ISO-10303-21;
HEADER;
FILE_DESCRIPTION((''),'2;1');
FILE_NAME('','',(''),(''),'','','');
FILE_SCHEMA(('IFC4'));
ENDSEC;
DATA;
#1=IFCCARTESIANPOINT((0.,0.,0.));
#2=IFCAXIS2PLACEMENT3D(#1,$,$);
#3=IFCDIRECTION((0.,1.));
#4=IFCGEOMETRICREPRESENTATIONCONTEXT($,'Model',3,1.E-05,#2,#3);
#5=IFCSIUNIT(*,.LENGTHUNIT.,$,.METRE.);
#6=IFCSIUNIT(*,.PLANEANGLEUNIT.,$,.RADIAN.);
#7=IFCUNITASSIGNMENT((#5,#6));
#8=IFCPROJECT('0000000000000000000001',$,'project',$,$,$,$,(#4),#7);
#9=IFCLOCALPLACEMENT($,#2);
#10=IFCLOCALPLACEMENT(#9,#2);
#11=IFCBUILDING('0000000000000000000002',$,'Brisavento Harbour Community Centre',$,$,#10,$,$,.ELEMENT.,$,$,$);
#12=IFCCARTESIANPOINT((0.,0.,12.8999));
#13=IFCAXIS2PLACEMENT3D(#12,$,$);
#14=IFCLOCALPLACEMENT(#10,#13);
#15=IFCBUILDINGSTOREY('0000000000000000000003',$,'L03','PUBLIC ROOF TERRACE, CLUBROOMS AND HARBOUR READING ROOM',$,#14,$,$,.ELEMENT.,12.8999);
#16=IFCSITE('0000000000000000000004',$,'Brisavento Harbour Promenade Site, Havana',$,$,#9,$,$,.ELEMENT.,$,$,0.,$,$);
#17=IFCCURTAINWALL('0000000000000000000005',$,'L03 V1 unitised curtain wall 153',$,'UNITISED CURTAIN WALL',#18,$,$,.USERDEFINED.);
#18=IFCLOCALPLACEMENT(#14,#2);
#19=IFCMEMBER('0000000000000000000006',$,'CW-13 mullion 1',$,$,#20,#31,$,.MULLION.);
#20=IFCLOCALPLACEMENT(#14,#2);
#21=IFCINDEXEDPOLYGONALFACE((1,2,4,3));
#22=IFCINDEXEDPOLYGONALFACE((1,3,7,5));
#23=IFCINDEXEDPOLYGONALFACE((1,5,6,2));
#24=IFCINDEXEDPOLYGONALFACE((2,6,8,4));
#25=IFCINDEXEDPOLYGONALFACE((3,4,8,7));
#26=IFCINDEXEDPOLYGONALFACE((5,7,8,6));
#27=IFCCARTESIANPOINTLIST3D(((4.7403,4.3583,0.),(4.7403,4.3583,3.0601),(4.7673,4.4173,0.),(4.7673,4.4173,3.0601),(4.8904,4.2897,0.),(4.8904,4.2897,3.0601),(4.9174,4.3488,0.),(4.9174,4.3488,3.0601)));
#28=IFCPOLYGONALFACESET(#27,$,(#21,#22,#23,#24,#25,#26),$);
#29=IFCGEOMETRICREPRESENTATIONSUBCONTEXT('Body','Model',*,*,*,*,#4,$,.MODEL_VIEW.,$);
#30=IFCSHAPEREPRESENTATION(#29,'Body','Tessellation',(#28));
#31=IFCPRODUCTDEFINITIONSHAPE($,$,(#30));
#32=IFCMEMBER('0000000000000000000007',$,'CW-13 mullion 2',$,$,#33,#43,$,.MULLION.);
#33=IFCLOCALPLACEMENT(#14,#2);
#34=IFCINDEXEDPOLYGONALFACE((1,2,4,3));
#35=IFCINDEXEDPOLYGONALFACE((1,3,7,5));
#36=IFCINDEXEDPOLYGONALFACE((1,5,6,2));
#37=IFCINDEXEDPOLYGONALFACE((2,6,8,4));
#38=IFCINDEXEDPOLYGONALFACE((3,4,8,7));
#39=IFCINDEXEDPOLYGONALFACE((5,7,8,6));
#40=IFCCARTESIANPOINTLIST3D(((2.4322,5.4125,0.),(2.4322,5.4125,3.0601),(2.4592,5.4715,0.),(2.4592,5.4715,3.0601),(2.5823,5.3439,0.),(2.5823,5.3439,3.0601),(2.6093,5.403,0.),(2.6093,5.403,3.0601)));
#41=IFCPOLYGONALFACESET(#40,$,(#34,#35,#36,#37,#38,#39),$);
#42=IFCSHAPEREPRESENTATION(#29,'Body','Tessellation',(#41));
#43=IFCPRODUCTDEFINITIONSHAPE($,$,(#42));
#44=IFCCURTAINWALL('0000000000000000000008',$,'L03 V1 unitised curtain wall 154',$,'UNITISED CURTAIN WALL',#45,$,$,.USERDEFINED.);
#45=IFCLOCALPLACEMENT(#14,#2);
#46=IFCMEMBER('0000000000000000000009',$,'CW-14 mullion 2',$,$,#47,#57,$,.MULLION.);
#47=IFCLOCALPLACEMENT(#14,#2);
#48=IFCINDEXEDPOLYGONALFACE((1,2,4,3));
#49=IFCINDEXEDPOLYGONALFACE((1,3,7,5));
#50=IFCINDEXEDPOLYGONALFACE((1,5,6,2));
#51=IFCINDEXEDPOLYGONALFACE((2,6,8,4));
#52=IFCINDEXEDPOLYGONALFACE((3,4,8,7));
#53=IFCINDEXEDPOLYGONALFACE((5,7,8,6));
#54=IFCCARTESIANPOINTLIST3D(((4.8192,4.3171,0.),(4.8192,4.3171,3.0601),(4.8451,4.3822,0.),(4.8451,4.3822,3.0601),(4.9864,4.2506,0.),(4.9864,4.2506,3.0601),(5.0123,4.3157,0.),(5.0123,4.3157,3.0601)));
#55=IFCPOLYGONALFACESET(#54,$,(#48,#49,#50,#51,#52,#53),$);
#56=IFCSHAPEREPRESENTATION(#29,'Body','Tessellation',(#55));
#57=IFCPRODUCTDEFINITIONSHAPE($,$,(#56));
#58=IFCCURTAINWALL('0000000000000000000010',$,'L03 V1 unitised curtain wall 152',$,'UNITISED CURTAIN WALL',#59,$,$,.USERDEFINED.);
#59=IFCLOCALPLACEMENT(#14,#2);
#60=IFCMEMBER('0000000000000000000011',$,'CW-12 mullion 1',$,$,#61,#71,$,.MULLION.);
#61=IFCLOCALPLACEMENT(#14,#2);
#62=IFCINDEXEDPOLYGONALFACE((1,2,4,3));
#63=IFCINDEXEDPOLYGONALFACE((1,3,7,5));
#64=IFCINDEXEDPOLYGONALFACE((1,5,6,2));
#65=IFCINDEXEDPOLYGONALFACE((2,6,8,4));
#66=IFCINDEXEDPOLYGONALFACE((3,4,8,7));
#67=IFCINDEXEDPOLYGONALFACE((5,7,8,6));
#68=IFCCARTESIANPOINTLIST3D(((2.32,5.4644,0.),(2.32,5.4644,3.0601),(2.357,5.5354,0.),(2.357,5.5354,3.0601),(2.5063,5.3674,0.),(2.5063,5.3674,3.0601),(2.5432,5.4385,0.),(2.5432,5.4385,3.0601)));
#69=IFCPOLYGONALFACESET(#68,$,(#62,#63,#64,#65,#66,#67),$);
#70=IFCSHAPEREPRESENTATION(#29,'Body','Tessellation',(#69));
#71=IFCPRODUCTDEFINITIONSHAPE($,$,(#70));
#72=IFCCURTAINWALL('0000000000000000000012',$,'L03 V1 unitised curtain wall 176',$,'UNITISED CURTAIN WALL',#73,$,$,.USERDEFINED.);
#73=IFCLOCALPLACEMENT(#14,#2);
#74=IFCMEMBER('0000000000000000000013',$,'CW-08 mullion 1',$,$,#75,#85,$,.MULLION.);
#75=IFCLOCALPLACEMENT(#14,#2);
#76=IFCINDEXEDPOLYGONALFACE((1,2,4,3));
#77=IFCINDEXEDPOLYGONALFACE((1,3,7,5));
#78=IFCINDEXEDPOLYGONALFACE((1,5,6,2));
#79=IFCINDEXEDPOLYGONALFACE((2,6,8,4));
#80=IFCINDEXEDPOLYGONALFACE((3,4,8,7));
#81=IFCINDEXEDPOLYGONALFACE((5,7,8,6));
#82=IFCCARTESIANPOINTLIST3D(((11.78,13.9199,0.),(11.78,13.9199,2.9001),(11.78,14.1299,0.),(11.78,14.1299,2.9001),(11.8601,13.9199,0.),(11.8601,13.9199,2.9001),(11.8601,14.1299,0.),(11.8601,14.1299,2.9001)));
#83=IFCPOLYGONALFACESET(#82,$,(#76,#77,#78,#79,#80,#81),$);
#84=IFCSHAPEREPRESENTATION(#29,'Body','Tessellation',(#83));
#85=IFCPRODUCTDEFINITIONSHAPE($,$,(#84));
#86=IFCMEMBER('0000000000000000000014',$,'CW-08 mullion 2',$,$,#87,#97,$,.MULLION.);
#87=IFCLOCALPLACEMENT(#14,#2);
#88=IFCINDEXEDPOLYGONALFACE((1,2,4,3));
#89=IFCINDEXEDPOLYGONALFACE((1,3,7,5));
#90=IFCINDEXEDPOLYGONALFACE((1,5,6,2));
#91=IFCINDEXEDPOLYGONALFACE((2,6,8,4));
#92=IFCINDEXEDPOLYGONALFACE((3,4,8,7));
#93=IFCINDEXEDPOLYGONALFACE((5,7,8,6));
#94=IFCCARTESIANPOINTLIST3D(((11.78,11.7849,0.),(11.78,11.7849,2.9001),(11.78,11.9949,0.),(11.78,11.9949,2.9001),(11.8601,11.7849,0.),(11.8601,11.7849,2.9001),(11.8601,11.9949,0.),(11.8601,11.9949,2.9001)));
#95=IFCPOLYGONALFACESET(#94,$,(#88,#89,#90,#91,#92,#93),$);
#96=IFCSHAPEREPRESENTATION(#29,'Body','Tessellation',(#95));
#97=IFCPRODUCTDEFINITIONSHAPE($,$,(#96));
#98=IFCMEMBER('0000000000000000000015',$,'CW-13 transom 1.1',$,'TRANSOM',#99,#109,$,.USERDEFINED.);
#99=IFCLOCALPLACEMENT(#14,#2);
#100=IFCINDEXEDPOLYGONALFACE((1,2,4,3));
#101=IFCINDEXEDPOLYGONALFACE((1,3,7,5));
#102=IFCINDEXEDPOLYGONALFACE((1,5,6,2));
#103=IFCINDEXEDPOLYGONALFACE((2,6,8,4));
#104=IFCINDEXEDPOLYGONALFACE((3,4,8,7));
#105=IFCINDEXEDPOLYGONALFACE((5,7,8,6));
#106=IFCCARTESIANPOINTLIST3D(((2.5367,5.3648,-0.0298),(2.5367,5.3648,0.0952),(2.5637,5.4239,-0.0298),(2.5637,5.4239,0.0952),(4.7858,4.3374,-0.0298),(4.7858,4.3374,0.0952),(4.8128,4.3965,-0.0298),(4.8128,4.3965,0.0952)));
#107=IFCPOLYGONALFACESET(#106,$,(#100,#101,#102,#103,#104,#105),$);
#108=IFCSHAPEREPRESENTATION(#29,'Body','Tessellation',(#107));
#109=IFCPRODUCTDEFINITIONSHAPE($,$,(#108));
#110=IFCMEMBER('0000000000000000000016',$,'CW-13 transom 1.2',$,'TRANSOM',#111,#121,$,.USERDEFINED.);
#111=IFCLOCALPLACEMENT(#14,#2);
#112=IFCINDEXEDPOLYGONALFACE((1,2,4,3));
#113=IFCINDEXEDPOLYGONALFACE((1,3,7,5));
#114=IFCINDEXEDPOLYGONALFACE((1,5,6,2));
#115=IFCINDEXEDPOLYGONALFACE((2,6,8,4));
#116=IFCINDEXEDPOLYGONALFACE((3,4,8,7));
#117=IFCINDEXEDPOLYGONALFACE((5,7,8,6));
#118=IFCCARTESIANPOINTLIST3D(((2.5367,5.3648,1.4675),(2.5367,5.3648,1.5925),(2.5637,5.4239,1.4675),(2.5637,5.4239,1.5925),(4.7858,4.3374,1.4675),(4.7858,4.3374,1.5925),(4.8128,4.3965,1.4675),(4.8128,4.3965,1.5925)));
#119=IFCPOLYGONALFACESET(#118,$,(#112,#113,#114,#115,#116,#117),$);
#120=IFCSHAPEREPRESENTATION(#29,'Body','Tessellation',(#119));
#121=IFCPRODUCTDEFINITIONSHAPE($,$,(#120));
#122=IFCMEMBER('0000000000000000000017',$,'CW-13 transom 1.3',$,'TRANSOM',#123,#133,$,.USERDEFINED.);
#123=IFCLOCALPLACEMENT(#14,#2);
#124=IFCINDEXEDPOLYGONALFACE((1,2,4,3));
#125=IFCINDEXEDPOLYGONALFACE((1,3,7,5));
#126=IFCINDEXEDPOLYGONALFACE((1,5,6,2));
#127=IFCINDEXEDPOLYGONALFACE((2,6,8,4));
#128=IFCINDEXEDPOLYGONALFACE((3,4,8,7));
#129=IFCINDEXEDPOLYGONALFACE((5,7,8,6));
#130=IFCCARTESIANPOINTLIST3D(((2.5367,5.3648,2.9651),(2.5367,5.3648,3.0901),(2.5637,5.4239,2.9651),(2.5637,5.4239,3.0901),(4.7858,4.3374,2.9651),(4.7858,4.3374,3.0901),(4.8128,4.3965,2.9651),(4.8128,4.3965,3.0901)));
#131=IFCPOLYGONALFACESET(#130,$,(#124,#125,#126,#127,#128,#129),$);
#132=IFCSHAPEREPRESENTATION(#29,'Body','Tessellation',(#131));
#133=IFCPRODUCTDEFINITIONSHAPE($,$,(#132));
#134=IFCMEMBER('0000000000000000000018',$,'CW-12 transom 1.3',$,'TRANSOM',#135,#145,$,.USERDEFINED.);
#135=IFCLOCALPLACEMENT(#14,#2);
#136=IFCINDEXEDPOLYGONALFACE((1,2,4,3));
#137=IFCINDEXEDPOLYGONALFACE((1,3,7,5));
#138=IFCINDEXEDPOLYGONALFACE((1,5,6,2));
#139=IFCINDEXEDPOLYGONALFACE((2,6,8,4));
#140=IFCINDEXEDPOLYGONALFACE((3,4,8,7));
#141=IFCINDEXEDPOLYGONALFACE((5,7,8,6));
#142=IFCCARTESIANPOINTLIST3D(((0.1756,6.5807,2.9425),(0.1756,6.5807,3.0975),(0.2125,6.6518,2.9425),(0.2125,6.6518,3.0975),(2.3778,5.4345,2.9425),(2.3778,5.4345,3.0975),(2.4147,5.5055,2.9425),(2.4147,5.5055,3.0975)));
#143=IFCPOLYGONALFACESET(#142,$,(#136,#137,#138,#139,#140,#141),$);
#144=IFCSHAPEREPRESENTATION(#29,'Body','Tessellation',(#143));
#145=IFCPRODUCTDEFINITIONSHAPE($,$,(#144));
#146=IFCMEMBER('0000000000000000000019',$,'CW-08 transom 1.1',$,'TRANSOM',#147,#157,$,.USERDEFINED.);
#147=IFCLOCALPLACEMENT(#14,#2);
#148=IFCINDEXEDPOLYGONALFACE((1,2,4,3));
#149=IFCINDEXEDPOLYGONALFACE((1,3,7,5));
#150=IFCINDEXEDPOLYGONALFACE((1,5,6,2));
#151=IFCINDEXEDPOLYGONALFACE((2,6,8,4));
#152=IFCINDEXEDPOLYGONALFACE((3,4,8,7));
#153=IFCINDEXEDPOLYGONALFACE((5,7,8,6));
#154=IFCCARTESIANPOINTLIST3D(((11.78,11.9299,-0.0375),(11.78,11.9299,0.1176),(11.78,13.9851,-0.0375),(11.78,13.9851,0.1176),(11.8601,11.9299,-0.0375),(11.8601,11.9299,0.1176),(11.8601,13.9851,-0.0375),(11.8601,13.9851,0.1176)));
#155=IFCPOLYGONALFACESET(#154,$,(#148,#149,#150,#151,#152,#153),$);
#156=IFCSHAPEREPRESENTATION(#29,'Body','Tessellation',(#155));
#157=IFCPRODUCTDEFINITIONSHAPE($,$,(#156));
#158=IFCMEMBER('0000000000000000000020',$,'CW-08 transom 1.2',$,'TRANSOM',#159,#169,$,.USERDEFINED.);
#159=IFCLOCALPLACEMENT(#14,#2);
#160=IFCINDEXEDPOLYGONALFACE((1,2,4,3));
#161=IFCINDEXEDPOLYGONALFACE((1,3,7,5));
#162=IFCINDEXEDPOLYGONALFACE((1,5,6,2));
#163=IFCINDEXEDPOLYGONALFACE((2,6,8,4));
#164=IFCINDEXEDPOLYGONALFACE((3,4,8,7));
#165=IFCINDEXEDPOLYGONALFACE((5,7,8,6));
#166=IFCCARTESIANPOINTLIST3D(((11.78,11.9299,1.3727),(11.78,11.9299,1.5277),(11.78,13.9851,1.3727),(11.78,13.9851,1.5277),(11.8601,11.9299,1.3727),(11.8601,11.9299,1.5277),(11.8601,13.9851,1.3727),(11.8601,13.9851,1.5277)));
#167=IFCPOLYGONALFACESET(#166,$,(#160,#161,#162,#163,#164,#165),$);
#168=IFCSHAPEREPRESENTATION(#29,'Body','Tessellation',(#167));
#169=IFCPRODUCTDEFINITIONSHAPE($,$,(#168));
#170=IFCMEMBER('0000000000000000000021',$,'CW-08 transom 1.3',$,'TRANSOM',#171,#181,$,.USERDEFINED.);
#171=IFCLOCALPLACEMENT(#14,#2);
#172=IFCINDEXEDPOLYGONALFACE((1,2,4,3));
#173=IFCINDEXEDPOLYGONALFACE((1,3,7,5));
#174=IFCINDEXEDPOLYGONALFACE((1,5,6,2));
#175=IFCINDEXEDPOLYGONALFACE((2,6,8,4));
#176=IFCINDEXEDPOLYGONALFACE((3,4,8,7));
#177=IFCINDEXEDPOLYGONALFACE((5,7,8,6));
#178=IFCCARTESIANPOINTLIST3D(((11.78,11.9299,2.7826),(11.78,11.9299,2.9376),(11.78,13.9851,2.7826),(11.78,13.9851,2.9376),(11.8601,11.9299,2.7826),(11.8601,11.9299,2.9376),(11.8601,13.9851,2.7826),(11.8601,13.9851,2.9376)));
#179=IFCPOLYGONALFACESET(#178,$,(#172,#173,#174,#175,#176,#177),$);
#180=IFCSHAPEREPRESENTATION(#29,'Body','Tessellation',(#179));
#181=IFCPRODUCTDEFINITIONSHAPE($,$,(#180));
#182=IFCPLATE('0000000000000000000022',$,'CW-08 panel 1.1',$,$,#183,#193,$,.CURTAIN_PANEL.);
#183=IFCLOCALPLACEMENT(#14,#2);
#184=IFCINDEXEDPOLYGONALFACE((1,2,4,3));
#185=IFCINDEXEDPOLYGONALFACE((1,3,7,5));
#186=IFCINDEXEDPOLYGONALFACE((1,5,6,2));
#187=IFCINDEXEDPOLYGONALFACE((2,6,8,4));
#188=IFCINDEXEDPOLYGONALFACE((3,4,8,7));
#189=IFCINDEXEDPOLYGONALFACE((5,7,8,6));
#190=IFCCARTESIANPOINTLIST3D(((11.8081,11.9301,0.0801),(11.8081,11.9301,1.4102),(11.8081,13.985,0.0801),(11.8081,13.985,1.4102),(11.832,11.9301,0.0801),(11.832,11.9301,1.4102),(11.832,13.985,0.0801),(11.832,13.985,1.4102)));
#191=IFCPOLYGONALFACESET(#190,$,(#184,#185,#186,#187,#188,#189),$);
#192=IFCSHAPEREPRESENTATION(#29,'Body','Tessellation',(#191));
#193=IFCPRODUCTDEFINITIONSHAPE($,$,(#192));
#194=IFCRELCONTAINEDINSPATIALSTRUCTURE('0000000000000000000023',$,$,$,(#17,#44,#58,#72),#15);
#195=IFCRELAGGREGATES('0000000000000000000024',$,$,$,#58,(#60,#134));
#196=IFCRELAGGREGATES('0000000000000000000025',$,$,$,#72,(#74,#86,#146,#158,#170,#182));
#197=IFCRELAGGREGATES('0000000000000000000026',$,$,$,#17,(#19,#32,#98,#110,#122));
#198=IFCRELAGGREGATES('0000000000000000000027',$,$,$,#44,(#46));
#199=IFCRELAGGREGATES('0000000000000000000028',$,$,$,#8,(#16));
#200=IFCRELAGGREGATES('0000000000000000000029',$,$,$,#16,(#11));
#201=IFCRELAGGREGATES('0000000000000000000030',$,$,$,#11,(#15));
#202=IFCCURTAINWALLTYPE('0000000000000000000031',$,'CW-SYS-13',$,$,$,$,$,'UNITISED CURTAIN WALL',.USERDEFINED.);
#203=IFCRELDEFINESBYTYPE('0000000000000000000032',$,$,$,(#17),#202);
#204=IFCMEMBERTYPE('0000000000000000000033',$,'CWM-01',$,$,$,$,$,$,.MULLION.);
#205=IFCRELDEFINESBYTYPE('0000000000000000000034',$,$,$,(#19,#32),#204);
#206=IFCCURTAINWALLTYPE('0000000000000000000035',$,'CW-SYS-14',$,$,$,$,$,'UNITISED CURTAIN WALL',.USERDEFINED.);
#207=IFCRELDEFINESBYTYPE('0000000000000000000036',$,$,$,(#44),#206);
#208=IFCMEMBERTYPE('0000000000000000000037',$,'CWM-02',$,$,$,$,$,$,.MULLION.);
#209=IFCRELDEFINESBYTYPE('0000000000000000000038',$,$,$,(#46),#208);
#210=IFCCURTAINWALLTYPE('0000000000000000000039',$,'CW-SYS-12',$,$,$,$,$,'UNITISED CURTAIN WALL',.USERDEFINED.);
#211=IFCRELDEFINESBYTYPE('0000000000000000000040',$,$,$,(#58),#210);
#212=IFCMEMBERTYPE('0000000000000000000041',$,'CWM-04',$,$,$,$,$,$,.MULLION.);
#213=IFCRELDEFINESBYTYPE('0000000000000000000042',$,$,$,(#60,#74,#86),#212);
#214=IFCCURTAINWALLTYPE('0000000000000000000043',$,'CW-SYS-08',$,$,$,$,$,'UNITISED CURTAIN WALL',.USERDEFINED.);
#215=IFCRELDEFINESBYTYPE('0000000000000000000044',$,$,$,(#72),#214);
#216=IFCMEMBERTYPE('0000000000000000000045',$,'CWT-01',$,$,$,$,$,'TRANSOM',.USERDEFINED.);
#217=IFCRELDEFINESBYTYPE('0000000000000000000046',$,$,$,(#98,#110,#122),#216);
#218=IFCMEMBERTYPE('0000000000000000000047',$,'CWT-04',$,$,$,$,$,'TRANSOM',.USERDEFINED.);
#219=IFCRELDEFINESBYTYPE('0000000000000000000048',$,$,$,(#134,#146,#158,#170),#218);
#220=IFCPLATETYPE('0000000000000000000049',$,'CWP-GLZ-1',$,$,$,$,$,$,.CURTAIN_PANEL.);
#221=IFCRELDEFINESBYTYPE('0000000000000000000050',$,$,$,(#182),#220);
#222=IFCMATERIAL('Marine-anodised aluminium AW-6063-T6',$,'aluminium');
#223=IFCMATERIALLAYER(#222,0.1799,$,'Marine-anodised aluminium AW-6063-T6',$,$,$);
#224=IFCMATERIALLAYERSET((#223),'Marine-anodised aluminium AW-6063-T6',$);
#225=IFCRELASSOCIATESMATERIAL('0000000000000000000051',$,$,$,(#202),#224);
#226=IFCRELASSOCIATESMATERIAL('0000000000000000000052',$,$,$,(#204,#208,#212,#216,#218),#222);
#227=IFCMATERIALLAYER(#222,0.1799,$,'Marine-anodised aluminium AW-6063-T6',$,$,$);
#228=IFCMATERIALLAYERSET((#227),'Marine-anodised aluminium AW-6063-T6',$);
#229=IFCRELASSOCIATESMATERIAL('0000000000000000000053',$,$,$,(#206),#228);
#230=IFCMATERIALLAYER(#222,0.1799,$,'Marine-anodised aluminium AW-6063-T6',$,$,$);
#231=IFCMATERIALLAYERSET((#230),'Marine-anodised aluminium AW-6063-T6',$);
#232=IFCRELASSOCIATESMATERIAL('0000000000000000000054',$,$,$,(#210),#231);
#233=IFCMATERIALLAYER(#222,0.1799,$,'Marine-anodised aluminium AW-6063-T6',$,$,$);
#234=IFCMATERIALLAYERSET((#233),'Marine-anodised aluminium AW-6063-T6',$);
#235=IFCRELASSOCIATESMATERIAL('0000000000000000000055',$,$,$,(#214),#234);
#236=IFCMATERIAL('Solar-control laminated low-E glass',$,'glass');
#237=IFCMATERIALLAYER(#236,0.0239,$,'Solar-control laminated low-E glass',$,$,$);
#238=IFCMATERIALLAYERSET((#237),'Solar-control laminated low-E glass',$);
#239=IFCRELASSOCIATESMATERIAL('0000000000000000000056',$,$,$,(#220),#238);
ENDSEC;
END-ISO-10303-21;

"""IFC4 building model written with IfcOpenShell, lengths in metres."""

from ifc_helpers import new_model, si_unit, direction, frame, origin, origin_2d, place, context, subcontext, project, spatial, rectangle, extrude, material, layer, layer_set, material_profile, profile_set, type_object, element, aggregate, save


model = new_model("IFC4")

# Units and contexts
model_context = context("Model", 3, precision=1e-05, world=origin(), true_north=direction((0.0, 1.0)))
body_context = subcontext(model_context, "Body", "Model", "MODEL_VIEW")
ifc_project = project(units=[si_unit("LENGTHUNIT", "METRE"), si_unit("PLANEANGLEUNIT", "RADIAN")], contexts=[model_context])

# Site, building, storey
site_placement = place(None, origin())
site = spatial("IfcSite", under=ifc_project, at=site_placement, Name="Brisavento Harbour Promenade Site, Havana", CompositionType="ELEMENT", RefElevation=0.0)
building_placement = place(site_placement, origin())
building = spatial("IfcBuilding", under=site, at=building_placement, Name="Brisavento Harbour Community Centre", CompositionType="ELEMENT")
storey_placement = place(building_placement, frame((0.0, 0.0, 12.8999)))
storey = spatial("IfcBuildingStorey", under=building, at=storey_placement, Name="L03", Description="PUBLIC ROOF TERRACE, CLUBROOMS AND HARBOUR READING ROOM", CompositionType="ELEMENT", Elevation=12.8999)

# Curtain wall, members
ifc_material_1 = material(Name="Marine-anodised aluminium AW-6063-T6", Category="aluminium")
ifc_layer_1 = layer(ifc_material_1, 0.1799, Name="Marine-anodised aluminium AW-6063-T6")
ifc_layer_set_1 = layer_set([ifc_layer_1], Name="Marine-anodised aluminium AW-6063-T6")
curtain_wall_type_1 = type_object("IfcCurtainWallType", Name="CW-SYS-13", ElementType="UNITISED CURTAIN WALL", PredefinedType="USERDEFINED", material=ifc_layer_set_1)
curtain_wall_1_placement = place(storey_placement, origin())
curtain_wall_1 = element("IfcCurtainWall", 1, at=curtain_wall_1_placement, inside=storey, type_object=curtain_wall_type_1, Name="L03 V1 unitised curtain wall 153", ObjectType="UNITISED CURTAIN WALL", PredefinedType="USERDEFINED")
ifc_material_profile_1 = material_profile(ifc_material_1, rectangle(XDim=0.0649, YDim=0.165, at=origin_2d()), Name="Marine-anodised aluminium AW-6063-T6")
ifc_profile_set_1 = profile_set([ifc_material_profile_1], Name="Marine-anodised aluminium AW-6063-T6")
member_type_1 = type_object("IfcMemberType", Name="CWM-01", PredefinedType="MULLION", material=ifc_profile_set_1)
member_1_placement = place(storey_placement, frame((4.8289, 4.3535, 0.0), z_axis=(0.0, 0.0, 1.0), x_axis=(-0.41549, -0.909598, 0.0)))
member_1 = element("IfcMember", 2, at=member_1_placement, type_object=member_type_1, Name="CW-13 mullion 1", PredefinedType="MULLION", context=body_context, shape_type="SweptSolid", body=[
    extrude(rectangle(XDim=0.0649, YDim=0.165, at=origin_2d()), origin(), (0.0, 0.0, 1.0), 3.0601),
])
member_2_placement = place(storey_placement, frame((2.5208, 5.4077, 0.0), z_axis=(0.0, 0.0, 1.0), x_axis=(-0.41549, -0.909598, 0.0)))
member_2 = element("IfcMember", 3, at=member_2_placement, type_object=member_type_1, Name="CW-13 mullion 2", PredefinedType="MULLION", context=body_context, shape_type="SweptSolid", body=[
    extrude(rectangle(XDim=0.0649, YDim=0.165, at=origin_2d()), origin(), (0.0, 0.0, 1.0), 3.0601),
])

# Curtain walls, members
ifc_layer_2 = layer(ifc_material_1, 0.1799, Name="Marine-anodised aluminium AW-6063-T6")
ifc_layer_set_2 = layer_set([ifc_layer_2], Name="Marine-anodised aluminium AW-6063-T6")
curtain_wall_type_2 = type_object("IfcCurtainWallType", Name="CW-SYS-14", ElementType="UNITISED CURTAIN WALL", PredefinedType="USERDEFINED", material=ifc_layer_set_2)
curtain_wall_2_placement = place(storey_placement, origin())
curtain_wall_2 = element("IfcCurtainWall", 4, at=curtain_wall_2_placement, inside=storey, type_object=curtain_wall_type_2, Name="L03 V1 unitised curtain wall 154", ObjectType="UNITISED CURTAIN WALL", PredefinedType="USERDEFINED")
ifc_material_profile_2 = material_profile(ifc_material_1, rectangle(XDim=0.0701, YDim=0.1799, at=origin_2d()), Name="Marine-anodised aluminium AW-6063-T6")
ifc_profile_set_2 = profile_set([ifc_material_profile_2], Name="Marine-anodised aluminium AW-6063-T6")
member_type_2 = type_object("IfcMemberType", Name="CWM-02", PredefinedType="MULLION", material=ifc_profile_set_2)
member_3_placement = place(storey_placement, frame((4.9158, 4.3164, 0.0), z_axis=(0.0, 0.0, 1.0), x_axis=(-0.369379, -0.929279, 0.0)))
member_3 = element("IfcMember", 5, at=member_3_placement, type_object=member_type_2, Name="CW-14 mullion 2", PredefinedType="MULLION", context=body_context, shape_type="SweptSolid", body=[
    extrude(rectangle(XDim=0.0701, YDim=0.1799, at=origin_2d()), origin(), (0.0, 0.0, 1.0), 3.0601),
])
ifc_layer_3 = layer(ifc_material_1, 0.1799, Name="Marine-anodised aluminium AW-6063-T6")
ifc_layer_set_3 = layer_set([ifc_layer_3], Name="Marine-anodised aluminium AW-6063-T6")
curtain_wall_type_3 = type_object("IfcCurtainWallType", Name="CW-SYS-12", ElementType="UNITISED CURTAIN WALL", PredefinedType="USERDEFINED", material=ifc_layer_set_3)
curtain_wall_3_placement = place(storey_placement, origin())
curtain_wall_3 = element("IfcCurtainWall", 6, at=curtain_wall_3_placement, inside=storey, type_object=curtain_wall_type_3, Name="L03 V1 unitised curtain wall 152", ObjectType="UNITISED CURTAIN WALL", PredefinedType="USERDEFINED")
ifc_material_profile_3 = material_profile(ifc_material_1, rectangle(XDim=0.0801, YDim=0.21, at=origin_2d()), Name="Marine-anodised aluminium AW-6063-T6")
ifc_profile_set_3 = profile_set([ifc_material_profile_3], Name="Marine-anodised aluminium AW-6063-T6")
member_type_3 = type_object("IfcMemberType", Name="CWM-04", PredefinedType="MULLION", material=ifc_profile_set_3)
member_4_placement = place(storey_placement, frame((2.4316, 5.4514, 0.0), z_axis=(0.0, 0.0, 1.0), x_axis=(-0.461732, -0.88702, 0.0)))
member_4 = element("IfcMember", 7, at=member_4_placement, type_object=member_type_3, Name="CW-12 mullion 1", PredefinedType="MULLION", context=body_context, shape_type="SweptSolid", body=[
    extrude(rectangle(XDim=0.0801, YDim=0.21, at=origin_2d()), origin(), (0.0, 0.0, 1.0), 3.0601),
])

# Curtain wall, members
ifc_layer_4 = layer(ifc_material_1, 0.1799, Name="Marine-anodised aluminium AW-6063-T6")
ifc_layer_set_4 = layer_set([ifc_layer_4], Name="Marine-anodised aluminium AW-6063-T6")
curtain_wall_type_4 = type_object("IfcCurtainWallType", Name="CW-SYS-08", ElementType="UNITISED CURTAIN WALL", PredefinedType="USERDEFINED", material=ifc_layer_set_4)
curtain_wall_4_placement = place(storey_placement, origin())
curtain_wall_4 = element("IfcCurtainWall", 8, at=curtain_wall_4_placement, inside=storey, type_object=curtain_wall_type_4, Name="L03 V1 unitised curtain wall 176", ObjectType="UNITISED CURTAIN WALL", PredefinedType="USERDEFINED")
member_5_placement = place(storey_placement, frame((11.8201, 14.0249, 0.0), z_axis=(0.0, 0.0, 1.0), x_axis=(1.0, 0.0, 0.0)))
member_5 = element("IfcMember", 9, at=member_5_placement, type_object=member_type_3, Name="CW-08 mullion 1", PredefinedType="MULLION", context=body_context, shape_type="SweptSolid", body=[
    extrude(rectangle(XDim=0.0801, YDim=0.21, at=origin_2d()), origin(), (0.0, 0.0, 1.0), 2.9001),
])
member_6_placement = place(storey_placement, frame((11.8201, 11.8899, 0.0), z_axis=(0.0, 0.0, 1.0), x_axis=(1.0, 0.0, 0.0)))
member_6 = element("IfcMember", 10, at=member_6_placement, type_object=member_type_3, Name="CW-08 mullion 2", PredefinedType="MULLION", context=body_context, shape_type="SweptSolid", body=[
    extrude(rectangle(XDim=0.0801, YDim=0.21, at=origin_2d()), origin(), (0.0, 0.0, 1.0), 2.9001),
])

# Members
ifc_material_profile_4 = material_profile(ifc_material_1, rectangle(XDim=0.0649, YDim=0.125, at=origin_2d()), Name="Marine-anodised aluminium AW-6063-T6")
ifc_profile_set_4 = profile_set([ifc_material_profile_4], Name="Marine-anodised aluminium AW-6063-T6")
member_type_4 = type_object("IfcMemberType", Name="CWT-01", ElementType="TRANSOM", PredefinedType="USERDEFINED", material=ifc_profile_set_4)
member_7_placement = place(storey_placement, frame((4.7993, 4.3669, 0.0327), z_axis=(-0.909594, 0.415498, 0.0), x_axis=(-0.415498, -0.909594, 0.0)))
member_7 = element("IfcMember", 11, at=member_7_placement, type_object=member_type_4, Name="CW-13 transom 1.1", ObjectType="TRANSOM", PredefinedType="USERDEFINED", context=body_context, shape_type="SweptSolid", body=[
    extrude(rectangle(XDim=0.0649, YDim=0.125, at=origin_2d()), origin(), (0.0, 0.0, 1.0), 2.4727),
])
member_8_placement = place(storey_placement, frame((4.7993, 4.3669, 1.53), z_axis=(-0.909594, 0.415498, 0.0), x_axis=(-0.415498, -0.909594, 0.0)))
member_8 = element("IfcMember", 12, at=member_8_placement, type_object=member_type_4, Name="CW-13 transom 1.2", ObjectType="TRANSOM", PredefinedType="USERDEFINED", context=body_context, shape_type="SweptSolid", body=[
    extrude(rectangle(XDim=0.0649, YDim=0.125, at=origin_2d()), origin(), (0.0, 0.0, 1.0), 2.4727),
])
member_9_placement = place(storey_placement, frame((4.7993, 4.3669, 3.0276), z_axis=(-0.909594, 0.415498, 0.0), x_axis=(-0.415498, -0.909594, 0.0)))
member_9 = element("IfcMember", 13, at=member_9_placement, type_object=member_type_4, Name="CW-13 transom 1.3", ObjectType="TRANSOM", PredefinedType="USERDEFINED", context=body_context, shape_type="SweptSolid", body=[
    extrude(rectangle(XDim=0.0649, YDim=0.125, at=origin_2d()), origin(), (0.0, 0.0, 1.0), 2.4727),
])
ifc_material_profile_5 = material_profile(ifc_material_1, rectangle(XDim=0.0801, YDim=0.155, at=origin_2d()), Name="Marine-anodised aluminium AW-6063-T6")
ifc_profile_set_5 = profile_set([ifc_material_profile_5], Name="Marine-anodised aluminium AW-6063-T6")
member_type_5 = type_object("IfcMemberType", Name="CWT-04", ElementType="TRANSOM", PredefinedType="USERDEFINED", material=ifc_profile_set_5)
member_10_placement = place(storey_placement, frame((2.3962, 5.47, 3.02), z_axis=(-0.887032, 0.461709, 0.0), x_axis=(-0.461709, -0.887032, 0.0)))
member_10 = element("IfcMember", 14, at=member_10_placement, type_object=member_type_5, Name="CW-12 transom 1.3", ObjectType="TRANSOM", PredefinedType="USERDEFINED", context=body_context, shape_type="SweptSolid", body=[
    extrude(rectangle(XDim=0.0801, YDim=0.155, at=origin_2d()), origin(), (0.0, 0.0, 1.0), 2.4827),
])
aggregate(curtain_wall_3, [member_4, member_10])
member_11_placement = place(storey_placement, frame((11.8201, 13.9851, 0.04), z_axis=(0.0, -1.0, 0.0), x_axis=(1.0, 0.0, 0.0)))
member_11 = element("IfcMember", 15, at=member_11_placement, type_object=member_type_5, Name="CW-08 transom 1.1", ObjectType="TRANSOM", PredefinedType="USERDEFINED", context=body_context, shape_type="SweptSolid", body=[
    extrude(rectangle(XDim=0.0801, YDim=0.155, at=origin_2d()), origin(), (0.0, 0.0, 1.0), 2.0552),
])
member_12_placement = place(storey_placement, frame((11.8201, 13.9851, 1.4502), z_axis=(0.0, -1.0, 0.0), x_axis=(1.0, 0.0, 0.0)))
member_12 = element("IfcMember", 16, at=member_12_placement, type_object=member_type_5, Name="CW-08 transom 1.2", ObjectType="TRANSOM", PredefinedType="USERDEFINED", context=body_context, shape_type="SweptSolid", body=[
    extrude(rectangle(XDim=0.0801, YDim=0.155, at=origin_2d()), origin(), (0.0, 0.0, 1.0), 2.0552),
])
member_13_placement = place(storey_placement, frame((11.8201, 13.9851, 2.8601), z_axis=(0.0, -1.0, 0.0), x_axis=(1.0, 0.0, 0.0)))
member_13 = element("IfcMember", 17, at=member_13_placement, type_object=member_type_5, Name="CW-08 transom 1.3", ObjectType="TRANSOM", PredefinedType="USERDEFINED", context=body_context, shape_type="SweptSolid", body=[
    extrude(rectangle(XDim=0.0801, YDim=0.155, at=origin_2d()), origin(), (0.0, 0.0, 1.0), 2.0552),
])

# Plate
ifc_material_2 = material(Name="Solar-control laminated low-E glass", Category="glass")
ifc_layer_5 = layer(ifc_material_2, 0.0239, Name="Solar-control laminated low-E glass")
ifc_layer_set_5 = layer_set([ifc_layer_5], Name="Solar-control laminated low-E glass")
plate_type_1 = type_object("IfcPlateType", Name="CWP-GLZ-1", PredefinedType="CURTAIN_PANEL", material=ifc_layer_set_5)
plate_1_placement = place(storey_placement, frame((11.8201, 12.9575, 0.0801), z_axis=(0.0, 0.0, 1.0), x_axis=(0.0, -1.0, 0.0)))
plate_1 = element("IfcPlate", 18, at=plate_1_placement, type_object=plate_type_1, Name="CW-08 panel 1.1", PredefinedType="CURTAIN_PANEL", context=body_context, shape_type="SweptSolid", body=[
    extrude(rectangle(XDim=2.0549, YDim=0.0239, at=origin_2d()), origin(), (0.0, 0.0, 1.0), 1.3301),
])
aggregate(curtain_wall_4, [member_5, member_6, member_11, member_12, member_13, plate_1])
aggregate(curtain_wall_1, [member_1, member_2, member_7, member_8, member_9])
aggregate(curtain_wall_2, [member_3])

save(model, "model.ifc")
